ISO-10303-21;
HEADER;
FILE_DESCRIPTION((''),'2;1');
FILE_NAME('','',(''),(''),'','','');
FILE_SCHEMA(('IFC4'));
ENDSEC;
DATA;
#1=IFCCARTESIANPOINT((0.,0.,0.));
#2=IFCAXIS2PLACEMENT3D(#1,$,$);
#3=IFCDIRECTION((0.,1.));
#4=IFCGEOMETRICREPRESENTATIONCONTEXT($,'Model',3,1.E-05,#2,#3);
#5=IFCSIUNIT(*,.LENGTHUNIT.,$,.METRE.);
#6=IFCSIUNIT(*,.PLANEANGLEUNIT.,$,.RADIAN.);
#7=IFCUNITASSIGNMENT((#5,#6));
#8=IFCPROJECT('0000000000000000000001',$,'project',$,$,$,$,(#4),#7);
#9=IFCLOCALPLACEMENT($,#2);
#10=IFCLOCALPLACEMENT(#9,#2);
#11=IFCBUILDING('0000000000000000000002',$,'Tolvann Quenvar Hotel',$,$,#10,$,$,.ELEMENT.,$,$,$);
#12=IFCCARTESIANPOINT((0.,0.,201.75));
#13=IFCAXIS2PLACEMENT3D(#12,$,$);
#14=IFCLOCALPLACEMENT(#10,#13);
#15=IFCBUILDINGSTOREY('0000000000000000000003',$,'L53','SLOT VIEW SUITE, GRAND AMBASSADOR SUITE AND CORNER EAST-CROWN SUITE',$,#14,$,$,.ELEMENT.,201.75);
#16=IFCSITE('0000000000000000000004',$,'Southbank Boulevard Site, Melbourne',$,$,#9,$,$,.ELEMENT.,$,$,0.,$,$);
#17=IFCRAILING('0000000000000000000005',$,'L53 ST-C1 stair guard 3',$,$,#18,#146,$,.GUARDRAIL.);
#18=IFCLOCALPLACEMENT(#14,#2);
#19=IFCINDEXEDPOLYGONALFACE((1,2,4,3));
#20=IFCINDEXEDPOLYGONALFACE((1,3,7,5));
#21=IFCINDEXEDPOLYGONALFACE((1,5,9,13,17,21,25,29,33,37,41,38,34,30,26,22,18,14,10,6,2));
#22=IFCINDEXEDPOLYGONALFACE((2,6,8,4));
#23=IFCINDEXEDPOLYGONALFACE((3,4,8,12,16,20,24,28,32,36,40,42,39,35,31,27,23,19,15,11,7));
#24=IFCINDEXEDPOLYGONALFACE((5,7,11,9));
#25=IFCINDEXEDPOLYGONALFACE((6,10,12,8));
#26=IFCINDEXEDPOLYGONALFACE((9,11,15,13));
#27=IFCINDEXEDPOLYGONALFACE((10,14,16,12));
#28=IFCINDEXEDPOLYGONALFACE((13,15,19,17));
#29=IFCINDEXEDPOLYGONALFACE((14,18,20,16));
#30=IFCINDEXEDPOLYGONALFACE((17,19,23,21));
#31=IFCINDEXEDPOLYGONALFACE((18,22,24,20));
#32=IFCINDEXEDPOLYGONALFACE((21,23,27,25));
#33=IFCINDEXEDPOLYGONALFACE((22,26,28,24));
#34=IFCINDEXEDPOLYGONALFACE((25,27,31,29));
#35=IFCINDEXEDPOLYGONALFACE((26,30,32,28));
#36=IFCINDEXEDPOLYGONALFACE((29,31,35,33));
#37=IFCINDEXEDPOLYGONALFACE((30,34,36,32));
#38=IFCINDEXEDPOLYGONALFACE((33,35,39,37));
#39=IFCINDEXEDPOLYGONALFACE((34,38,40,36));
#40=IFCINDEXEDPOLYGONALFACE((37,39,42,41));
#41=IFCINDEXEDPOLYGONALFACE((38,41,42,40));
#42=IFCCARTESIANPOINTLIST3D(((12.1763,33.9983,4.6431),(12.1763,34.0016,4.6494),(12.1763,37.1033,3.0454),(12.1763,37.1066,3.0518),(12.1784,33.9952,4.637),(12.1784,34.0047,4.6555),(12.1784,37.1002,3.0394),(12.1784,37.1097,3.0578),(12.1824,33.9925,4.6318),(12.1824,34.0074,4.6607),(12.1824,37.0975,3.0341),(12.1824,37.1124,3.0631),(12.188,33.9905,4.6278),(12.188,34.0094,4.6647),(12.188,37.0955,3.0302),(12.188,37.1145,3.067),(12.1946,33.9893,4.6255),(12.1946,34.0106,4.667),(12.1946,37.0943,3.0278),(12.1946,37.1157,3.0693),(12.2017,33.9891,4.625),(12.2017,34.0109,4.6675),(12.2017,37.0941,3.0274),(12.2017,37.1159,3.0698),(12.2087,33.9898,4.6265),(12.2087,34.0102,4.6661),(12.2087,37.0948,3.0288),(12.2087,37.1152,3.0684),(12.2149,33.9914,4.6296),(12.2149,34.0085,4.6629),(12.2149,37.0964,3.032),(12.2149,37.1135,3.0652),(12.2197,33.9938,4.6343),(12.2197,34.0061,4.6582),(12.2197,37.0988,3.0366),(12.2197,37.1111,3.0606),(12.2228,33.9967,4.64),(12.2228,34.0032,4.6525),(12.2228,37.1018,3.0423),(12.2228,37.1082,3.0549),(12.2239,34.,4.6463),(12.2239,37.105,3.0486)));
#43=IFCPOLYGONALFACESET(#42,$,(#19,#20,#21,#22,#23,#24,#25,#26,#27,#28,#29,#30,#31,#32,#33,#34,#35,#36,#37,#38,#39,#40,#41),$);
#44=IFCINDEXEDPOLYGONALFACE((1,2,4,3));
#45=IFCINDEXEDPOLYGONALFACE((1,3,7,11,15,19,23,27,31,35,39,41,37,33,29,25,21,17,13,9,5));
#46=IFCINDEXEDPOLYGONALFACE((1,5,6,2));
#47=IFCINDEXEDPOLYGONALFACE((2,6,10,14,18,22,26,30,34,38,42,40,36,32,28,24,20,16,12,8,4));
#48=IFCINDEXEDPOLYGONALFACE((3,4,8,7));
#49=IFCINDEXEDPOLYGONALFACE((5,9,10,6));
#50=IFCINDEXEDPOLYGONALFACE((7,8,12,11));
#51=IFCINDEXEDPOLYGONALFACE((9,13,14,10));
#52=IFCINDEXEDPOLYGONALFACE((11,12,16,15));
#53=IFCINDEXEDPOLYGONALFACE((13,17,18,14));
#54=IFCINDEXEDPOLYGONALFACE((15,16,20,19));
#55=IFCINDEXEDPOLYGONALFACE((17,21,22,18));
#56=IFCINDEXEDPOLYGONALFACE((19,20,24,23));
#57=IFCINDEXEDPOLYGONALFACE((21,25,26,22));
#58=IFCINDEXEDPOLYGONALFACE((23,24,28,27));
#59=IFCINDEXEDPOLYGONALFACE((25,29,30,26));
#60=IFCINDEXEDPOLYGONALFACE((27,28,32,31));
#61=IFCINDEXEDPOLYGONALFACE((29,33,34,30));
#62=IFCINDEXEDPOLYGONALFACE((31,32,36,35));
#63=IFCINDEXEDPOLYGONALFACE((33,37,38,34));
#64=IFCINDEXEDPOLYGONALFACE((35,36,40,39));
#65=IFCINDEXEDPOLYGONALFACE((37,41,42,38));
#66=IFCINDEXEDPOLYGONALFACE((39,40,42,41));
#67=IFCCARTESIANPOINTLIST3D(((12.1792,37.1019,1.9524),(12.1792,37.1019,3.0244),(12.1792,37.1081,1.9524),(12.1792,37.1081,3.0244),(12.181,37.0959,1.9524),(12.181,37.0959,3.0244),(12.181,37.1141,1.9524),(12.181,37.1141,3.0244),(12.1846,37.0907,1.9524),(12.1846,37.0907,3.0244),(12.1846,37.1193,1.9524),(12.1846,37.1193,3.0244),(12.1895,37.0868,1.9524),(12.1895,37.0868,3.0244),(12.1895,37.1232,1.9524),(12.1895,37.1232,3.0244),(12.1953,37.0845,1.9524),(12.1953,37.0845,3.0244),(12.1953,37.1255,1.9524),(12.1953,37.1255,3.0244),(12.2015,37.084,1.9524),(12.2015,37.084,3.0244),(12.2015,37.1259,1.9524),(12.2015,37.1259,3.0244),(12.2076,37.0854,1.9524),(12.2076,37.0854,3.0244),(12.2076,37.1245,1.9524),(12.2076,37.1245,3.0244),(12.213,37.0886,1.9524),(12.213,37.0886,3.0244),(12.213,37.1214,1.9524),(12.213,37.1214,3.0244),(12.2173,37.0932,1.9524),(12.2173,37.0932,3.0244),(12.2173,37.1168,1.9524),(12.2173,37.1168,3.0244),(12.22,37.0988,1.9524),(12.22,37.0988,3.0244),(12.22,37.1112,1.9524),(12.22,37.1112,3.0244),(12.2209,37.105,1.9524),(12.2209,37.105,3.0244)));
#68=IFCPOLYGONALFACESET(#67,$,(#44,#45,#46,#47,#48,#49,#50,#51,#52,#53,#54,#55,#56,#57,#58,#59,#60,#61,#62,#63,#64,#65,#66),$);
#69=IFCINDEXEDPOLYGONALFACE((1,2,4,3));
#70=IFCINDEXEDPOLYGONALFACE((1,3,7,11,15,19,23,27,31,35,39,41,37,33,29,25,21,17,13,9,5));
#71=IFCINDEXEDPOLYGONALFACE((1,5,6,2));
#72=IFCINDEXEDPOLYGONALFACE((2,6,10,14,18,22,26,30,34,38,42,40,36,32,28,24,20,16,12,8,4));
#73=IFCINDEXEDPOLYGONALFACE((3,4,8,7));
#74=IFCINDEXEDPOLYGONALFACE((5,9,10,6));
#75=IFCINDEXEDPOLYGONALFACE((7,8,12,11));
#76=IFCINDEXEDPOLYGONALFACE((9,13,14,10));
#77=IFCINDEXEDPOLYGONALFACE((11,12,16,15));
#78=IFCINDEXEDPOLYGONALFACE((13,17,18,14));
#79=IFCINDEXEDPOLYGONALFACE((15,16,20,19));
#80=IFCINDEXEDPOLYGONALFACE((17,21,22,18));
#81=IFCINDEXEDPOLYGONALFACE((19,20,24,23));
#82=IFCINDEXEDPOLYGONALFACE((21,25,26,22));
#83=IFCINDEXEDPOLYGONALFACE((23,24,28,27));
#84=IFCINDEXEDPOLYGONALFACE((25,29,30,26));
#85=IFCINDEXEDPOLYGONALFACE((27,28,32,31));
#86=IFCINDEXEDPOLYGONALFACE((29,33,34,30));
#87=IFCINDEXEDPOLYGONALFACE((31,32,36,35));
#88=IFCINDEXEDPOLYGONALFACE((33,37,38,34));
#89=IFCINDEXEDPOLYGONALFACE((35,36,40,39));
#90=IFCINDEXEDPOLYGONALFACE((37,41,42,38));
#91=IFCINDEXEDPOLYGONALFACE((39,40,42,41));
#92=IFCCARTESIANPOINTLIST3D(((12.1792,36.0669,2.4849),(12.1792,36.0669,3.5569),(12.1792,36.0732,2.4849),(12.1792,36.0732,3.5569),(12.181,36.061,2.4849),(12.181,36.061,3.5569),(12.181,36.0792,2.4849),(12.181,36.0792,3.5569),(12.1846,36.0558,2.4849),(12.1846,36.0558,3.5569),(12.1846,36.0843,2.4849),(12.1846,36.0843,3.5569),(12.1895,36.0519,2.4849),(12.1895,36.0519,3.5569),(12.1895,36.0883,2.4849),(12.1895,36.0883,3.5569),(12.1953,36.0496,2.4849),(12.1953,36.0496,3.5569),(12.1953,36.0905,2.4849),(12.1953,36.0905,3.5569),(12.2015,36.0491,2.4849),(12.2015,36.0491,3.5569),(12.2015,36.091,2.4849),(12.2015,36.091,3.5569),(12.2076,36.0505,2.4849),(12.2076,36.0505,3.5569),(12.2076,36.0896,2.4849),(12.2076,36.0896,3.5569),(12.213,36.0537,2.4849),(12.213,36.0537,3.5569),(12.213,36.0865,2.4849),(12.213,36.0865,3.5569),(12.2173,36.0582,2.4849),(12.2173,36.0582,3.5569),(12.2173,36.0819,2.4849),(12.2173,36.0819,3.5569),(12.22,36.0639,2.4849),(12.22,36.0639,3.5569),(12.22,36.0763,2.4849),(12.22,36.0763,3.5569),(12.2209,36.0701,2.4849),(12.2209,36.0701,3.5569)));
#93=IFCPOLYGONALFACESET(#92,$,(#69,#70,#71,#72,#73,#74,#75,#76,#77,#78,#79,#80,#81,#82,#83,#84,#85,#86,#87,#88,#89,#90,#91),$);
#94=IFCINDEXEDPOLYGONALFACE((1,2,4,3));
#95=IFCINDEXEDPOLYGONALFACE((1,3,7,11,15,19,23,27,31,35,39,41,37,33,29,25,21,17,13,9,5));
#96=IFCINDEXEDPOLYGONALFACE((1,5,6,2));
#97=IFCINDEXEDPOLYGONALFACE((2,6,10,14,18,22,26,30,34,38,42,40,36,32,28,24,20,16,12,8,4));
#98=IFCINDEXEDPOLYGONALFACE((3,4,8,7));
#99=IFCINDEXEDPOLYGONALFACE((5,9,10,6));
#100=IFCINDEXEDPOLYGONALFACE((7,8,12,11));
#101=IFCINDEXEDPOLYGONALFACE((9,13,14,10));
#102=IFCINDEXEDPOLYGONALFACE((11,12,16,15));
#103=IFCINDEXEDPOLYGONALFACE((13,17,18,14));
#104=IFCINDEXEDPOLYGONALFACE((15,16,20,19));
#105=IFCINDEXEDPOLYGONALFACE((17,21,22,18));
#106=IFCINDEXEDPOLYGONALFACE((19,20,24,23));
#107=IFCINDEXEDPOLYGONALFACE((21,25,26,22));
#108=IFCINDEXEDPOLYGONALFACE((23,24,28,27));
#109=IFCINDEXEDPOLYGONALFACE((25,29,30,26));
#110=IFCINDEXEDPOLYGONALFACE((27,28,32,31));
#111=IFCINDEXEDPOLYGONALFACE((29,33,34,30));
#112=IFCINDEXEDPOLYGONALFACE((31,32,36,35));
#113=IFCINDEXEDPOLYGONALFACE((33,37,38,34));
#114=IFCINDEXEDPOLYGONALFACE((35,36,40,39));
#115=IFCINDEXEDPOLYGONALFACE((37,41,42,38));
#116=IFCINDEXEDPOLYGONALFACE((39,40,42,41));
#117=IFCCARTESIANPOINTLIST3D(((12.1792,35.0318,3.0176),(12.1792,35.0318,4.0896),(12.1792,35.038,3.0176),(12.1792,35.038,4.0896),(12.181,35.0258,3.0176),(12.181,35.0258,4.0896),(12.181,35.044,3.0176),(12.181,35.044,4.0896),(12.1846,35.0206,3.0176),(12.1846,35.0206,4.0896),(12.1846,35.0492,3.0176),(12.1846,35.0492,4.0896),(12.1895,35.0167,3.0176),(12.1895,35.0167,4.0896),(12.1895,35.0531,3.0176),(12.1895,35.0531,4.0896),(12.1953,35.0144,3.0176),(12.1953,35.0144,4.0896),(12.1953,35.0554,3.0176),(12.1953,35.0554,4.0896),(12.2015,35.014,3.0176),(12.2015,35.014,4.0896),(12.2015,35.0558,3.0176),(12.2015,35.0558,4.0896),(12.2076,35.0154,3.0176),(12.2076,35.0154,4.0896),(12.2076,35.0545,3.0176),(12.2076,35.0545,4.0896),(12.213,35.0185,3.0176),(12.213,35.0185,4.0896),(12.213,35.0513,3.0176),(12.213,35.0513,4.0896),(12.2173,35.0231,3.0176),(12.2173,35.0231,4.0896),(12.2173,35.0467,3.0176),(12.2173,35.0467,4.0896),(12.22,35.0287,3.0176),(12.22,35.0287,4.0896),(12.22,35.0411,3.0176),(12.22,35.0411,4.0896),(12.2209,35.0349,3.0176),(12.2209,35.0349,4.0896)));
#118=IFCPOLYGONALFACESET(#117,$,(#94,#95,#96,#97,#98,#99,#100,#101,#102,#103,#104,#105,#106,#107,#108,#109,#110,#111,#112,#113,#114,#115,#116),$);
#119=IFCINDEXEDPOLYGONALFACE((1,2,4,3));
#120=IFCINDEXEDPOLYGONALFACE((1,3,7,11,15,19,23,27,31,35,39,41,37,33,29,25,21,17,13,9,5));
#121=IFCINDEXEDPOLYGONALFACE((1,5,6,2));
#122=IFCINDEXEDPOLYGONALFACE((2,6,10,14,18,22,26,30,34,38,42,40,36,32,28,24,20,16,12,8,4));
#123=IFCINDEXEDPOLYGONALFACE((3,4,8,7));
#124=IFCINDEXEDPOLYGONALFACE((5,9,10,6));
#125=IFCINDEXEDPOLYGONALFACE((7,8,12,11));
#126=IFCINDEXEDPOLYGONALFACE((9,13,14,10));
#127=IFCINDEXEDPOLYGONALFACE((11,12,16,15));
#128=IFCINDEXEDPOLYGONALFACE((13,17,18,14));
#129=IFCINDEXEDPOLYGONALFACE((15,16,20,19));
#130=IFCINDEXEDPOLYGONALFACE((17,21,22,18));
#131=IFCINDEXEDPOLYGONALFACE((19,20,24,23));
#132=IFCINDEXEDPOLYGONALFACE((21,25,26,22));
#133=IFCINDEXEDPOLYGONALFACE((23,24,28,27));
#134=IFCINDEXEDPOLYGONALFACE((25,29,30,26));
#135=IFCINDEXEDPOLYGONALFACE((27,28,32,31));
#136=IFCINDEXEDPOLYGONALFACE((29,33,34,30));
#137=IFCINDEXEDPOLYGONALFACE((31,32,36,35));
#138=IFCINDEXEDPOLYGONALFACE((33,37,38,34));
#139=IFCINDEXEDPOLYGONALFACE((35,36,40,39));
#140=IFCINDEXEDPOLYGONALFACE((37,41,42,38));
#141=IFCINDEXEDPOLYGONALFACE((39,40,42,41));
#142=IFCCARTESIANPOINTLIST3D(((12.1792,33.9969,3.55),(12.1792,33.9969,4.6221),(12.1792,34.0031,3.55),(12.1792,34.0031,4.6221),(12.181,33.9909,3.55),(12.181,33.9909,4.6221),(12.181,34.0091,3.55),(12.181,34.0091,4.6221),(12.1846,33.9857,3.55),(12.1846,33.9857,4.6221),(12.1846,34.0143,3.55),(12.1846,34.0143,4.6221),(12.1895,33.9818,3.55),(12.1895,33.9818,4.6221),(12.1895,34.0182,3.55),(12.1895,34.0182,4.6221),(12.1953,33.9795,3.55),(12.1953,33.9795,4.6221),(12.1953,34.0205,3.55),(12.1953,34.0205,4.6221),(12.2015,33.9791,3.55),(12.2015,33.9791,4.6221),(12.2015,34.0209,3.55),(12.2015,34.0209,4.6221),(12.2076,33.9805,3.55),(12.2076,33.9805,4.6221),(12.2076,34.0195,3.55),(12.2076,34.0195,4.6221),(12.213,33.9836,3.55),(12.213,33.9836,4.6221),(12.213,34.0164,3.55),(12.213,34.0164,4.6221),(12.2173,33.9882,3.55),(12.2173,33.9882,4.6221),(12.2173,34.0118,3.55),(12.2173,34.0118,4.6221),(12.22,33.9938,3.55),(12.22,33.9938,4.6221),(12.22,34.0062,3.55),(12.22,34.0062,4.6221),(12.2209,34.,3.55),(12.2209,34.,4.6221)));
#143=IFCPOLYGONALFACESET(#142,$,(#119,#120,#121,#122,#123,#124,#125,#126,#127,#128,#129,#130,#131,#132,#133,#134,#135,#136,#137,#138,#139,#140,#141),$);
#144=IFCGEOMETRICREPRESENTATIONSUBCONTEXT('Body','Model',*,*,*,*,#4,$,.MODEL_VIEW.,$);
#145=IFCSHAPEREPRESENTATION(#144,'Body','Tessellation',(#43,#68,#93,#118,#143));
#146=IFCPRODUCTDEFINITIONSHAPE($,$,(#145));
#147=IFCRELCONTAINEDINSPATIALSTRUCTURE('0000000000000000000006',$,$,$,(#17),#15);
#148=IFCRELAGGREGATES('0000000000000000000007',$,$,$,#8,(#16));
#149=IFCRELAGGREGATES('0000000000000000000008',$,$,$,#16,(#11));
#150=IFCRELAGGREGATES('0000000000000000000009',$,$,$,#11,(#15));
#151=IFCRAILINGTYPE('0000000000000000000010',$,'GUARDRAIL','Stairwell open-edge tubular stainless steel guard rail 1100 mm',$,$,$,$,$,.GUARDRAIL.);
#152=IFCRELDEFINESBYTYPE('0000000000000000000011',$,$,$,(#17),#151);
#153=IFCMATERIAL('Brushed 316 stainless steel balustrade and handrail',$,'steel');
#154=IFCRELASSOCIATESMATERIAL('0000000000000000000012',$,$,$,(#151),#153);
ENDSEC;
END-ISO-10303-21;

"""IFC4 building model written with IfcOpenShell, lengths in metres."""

from ifc_helpers import new_model, si_unit, direction, frame, origin, origin_2d, place, context, subcontext, project, spatial, circle, extrude, material, type_object, element, save


model = new_model("IFC4")

# Units and contexts
model_context = context("Model", 3, precision=1e-05, world=origin(), true_north=direction((0.0, 1.0)))
body_context = subcontext(model_context, "Body", "Model", "MODEL_VIEW")
ifc_project = project(units=[si_unit("LENGTHUNIT", "METRE"), si_unit("PLANEANGLEUNIT", "RADIAN")], contexts=[model_context])

# Site, building, storey
site_placement = place(None, origin())
site = spatial("IfcSite", under=ifc_project, at=site_placement, Name="Southbank Boulevard Site, Melbourne", CompositionType="ELEMENT", RefElevation=0.0)
building_placement = place(site_placement, origin())
building = spatial("IfcBuilding", under=site, at=building_placement, Name="Tolvann Quenvar Hotel", CompositionType="ELEMENT")
storey_placement = place(building_placement, frame((0.0, 0.0, 201.75)))
storey = spatial("IfcBuildingStorey", under=building, at=storey_placement, Name="L53", Description="SLOT VIEW SUITE, GRAND AMBASSADOR SUITE AND CORNER EAST-CROWN SUITE", CompositionType="ELEMENT", Elevation=201.75)

# Railing
ifc_material_1 = material(Name="Brushed 316 stainless steel balustrade and handrail", Category="steel")
railing_type_1 = type_object("IfcRailingType", Name="GUARDRAIL", Description="Stairwell open-edge tubular stainless steel guard rail 1100 mm", PredefinedType="GUARDRAIL", material=ifc_material_1)
railing_1_placement = place(storey_placement, frame((12.2, 37.105, 1.9524)))
element("IfcRailing", 1, at=railing_1_placement, inside=storey, type_object=railing_type_1, Name="L53 ST-C1 stair guard 3", PredefinedType="GUARDRAIL", context=body_context, shape_type="SweptSolid", body=[
    extrude(circle(Radius=0.0239, at=origin_2d()), frame((0.0, 0.0, 1.0962), z_axis=(0.0, -0.889194, 0.457531), x_axis=(1.0, 0.0, 0.0)), (0.0, 0.0, 1.0), 3.4919),
    extrude(circle(Radius=0.021, at=origin_2d()), origin(), (0.0, 0.0, 1.0), 1.072),
    extrude(circle(Radius=0.021, at=origin_2d()), frame((0.0, -1.0349, 0.5325)), (0.0, 0.0, 1.0), 1.072),
    extrude(circle(Radius=0.021, at=origin_2d()), frame((0.0, -2.0701, 1.0652)), (0.0, 0.0, 1.0), 1.072),
    extrude(circle(Radius=0.021, at=origin_2d()), frame((0.0, -3.105, 1.5977)), (0.0, 0.0, 1.0), 1.072),
])

save(model, "model.ifc")
